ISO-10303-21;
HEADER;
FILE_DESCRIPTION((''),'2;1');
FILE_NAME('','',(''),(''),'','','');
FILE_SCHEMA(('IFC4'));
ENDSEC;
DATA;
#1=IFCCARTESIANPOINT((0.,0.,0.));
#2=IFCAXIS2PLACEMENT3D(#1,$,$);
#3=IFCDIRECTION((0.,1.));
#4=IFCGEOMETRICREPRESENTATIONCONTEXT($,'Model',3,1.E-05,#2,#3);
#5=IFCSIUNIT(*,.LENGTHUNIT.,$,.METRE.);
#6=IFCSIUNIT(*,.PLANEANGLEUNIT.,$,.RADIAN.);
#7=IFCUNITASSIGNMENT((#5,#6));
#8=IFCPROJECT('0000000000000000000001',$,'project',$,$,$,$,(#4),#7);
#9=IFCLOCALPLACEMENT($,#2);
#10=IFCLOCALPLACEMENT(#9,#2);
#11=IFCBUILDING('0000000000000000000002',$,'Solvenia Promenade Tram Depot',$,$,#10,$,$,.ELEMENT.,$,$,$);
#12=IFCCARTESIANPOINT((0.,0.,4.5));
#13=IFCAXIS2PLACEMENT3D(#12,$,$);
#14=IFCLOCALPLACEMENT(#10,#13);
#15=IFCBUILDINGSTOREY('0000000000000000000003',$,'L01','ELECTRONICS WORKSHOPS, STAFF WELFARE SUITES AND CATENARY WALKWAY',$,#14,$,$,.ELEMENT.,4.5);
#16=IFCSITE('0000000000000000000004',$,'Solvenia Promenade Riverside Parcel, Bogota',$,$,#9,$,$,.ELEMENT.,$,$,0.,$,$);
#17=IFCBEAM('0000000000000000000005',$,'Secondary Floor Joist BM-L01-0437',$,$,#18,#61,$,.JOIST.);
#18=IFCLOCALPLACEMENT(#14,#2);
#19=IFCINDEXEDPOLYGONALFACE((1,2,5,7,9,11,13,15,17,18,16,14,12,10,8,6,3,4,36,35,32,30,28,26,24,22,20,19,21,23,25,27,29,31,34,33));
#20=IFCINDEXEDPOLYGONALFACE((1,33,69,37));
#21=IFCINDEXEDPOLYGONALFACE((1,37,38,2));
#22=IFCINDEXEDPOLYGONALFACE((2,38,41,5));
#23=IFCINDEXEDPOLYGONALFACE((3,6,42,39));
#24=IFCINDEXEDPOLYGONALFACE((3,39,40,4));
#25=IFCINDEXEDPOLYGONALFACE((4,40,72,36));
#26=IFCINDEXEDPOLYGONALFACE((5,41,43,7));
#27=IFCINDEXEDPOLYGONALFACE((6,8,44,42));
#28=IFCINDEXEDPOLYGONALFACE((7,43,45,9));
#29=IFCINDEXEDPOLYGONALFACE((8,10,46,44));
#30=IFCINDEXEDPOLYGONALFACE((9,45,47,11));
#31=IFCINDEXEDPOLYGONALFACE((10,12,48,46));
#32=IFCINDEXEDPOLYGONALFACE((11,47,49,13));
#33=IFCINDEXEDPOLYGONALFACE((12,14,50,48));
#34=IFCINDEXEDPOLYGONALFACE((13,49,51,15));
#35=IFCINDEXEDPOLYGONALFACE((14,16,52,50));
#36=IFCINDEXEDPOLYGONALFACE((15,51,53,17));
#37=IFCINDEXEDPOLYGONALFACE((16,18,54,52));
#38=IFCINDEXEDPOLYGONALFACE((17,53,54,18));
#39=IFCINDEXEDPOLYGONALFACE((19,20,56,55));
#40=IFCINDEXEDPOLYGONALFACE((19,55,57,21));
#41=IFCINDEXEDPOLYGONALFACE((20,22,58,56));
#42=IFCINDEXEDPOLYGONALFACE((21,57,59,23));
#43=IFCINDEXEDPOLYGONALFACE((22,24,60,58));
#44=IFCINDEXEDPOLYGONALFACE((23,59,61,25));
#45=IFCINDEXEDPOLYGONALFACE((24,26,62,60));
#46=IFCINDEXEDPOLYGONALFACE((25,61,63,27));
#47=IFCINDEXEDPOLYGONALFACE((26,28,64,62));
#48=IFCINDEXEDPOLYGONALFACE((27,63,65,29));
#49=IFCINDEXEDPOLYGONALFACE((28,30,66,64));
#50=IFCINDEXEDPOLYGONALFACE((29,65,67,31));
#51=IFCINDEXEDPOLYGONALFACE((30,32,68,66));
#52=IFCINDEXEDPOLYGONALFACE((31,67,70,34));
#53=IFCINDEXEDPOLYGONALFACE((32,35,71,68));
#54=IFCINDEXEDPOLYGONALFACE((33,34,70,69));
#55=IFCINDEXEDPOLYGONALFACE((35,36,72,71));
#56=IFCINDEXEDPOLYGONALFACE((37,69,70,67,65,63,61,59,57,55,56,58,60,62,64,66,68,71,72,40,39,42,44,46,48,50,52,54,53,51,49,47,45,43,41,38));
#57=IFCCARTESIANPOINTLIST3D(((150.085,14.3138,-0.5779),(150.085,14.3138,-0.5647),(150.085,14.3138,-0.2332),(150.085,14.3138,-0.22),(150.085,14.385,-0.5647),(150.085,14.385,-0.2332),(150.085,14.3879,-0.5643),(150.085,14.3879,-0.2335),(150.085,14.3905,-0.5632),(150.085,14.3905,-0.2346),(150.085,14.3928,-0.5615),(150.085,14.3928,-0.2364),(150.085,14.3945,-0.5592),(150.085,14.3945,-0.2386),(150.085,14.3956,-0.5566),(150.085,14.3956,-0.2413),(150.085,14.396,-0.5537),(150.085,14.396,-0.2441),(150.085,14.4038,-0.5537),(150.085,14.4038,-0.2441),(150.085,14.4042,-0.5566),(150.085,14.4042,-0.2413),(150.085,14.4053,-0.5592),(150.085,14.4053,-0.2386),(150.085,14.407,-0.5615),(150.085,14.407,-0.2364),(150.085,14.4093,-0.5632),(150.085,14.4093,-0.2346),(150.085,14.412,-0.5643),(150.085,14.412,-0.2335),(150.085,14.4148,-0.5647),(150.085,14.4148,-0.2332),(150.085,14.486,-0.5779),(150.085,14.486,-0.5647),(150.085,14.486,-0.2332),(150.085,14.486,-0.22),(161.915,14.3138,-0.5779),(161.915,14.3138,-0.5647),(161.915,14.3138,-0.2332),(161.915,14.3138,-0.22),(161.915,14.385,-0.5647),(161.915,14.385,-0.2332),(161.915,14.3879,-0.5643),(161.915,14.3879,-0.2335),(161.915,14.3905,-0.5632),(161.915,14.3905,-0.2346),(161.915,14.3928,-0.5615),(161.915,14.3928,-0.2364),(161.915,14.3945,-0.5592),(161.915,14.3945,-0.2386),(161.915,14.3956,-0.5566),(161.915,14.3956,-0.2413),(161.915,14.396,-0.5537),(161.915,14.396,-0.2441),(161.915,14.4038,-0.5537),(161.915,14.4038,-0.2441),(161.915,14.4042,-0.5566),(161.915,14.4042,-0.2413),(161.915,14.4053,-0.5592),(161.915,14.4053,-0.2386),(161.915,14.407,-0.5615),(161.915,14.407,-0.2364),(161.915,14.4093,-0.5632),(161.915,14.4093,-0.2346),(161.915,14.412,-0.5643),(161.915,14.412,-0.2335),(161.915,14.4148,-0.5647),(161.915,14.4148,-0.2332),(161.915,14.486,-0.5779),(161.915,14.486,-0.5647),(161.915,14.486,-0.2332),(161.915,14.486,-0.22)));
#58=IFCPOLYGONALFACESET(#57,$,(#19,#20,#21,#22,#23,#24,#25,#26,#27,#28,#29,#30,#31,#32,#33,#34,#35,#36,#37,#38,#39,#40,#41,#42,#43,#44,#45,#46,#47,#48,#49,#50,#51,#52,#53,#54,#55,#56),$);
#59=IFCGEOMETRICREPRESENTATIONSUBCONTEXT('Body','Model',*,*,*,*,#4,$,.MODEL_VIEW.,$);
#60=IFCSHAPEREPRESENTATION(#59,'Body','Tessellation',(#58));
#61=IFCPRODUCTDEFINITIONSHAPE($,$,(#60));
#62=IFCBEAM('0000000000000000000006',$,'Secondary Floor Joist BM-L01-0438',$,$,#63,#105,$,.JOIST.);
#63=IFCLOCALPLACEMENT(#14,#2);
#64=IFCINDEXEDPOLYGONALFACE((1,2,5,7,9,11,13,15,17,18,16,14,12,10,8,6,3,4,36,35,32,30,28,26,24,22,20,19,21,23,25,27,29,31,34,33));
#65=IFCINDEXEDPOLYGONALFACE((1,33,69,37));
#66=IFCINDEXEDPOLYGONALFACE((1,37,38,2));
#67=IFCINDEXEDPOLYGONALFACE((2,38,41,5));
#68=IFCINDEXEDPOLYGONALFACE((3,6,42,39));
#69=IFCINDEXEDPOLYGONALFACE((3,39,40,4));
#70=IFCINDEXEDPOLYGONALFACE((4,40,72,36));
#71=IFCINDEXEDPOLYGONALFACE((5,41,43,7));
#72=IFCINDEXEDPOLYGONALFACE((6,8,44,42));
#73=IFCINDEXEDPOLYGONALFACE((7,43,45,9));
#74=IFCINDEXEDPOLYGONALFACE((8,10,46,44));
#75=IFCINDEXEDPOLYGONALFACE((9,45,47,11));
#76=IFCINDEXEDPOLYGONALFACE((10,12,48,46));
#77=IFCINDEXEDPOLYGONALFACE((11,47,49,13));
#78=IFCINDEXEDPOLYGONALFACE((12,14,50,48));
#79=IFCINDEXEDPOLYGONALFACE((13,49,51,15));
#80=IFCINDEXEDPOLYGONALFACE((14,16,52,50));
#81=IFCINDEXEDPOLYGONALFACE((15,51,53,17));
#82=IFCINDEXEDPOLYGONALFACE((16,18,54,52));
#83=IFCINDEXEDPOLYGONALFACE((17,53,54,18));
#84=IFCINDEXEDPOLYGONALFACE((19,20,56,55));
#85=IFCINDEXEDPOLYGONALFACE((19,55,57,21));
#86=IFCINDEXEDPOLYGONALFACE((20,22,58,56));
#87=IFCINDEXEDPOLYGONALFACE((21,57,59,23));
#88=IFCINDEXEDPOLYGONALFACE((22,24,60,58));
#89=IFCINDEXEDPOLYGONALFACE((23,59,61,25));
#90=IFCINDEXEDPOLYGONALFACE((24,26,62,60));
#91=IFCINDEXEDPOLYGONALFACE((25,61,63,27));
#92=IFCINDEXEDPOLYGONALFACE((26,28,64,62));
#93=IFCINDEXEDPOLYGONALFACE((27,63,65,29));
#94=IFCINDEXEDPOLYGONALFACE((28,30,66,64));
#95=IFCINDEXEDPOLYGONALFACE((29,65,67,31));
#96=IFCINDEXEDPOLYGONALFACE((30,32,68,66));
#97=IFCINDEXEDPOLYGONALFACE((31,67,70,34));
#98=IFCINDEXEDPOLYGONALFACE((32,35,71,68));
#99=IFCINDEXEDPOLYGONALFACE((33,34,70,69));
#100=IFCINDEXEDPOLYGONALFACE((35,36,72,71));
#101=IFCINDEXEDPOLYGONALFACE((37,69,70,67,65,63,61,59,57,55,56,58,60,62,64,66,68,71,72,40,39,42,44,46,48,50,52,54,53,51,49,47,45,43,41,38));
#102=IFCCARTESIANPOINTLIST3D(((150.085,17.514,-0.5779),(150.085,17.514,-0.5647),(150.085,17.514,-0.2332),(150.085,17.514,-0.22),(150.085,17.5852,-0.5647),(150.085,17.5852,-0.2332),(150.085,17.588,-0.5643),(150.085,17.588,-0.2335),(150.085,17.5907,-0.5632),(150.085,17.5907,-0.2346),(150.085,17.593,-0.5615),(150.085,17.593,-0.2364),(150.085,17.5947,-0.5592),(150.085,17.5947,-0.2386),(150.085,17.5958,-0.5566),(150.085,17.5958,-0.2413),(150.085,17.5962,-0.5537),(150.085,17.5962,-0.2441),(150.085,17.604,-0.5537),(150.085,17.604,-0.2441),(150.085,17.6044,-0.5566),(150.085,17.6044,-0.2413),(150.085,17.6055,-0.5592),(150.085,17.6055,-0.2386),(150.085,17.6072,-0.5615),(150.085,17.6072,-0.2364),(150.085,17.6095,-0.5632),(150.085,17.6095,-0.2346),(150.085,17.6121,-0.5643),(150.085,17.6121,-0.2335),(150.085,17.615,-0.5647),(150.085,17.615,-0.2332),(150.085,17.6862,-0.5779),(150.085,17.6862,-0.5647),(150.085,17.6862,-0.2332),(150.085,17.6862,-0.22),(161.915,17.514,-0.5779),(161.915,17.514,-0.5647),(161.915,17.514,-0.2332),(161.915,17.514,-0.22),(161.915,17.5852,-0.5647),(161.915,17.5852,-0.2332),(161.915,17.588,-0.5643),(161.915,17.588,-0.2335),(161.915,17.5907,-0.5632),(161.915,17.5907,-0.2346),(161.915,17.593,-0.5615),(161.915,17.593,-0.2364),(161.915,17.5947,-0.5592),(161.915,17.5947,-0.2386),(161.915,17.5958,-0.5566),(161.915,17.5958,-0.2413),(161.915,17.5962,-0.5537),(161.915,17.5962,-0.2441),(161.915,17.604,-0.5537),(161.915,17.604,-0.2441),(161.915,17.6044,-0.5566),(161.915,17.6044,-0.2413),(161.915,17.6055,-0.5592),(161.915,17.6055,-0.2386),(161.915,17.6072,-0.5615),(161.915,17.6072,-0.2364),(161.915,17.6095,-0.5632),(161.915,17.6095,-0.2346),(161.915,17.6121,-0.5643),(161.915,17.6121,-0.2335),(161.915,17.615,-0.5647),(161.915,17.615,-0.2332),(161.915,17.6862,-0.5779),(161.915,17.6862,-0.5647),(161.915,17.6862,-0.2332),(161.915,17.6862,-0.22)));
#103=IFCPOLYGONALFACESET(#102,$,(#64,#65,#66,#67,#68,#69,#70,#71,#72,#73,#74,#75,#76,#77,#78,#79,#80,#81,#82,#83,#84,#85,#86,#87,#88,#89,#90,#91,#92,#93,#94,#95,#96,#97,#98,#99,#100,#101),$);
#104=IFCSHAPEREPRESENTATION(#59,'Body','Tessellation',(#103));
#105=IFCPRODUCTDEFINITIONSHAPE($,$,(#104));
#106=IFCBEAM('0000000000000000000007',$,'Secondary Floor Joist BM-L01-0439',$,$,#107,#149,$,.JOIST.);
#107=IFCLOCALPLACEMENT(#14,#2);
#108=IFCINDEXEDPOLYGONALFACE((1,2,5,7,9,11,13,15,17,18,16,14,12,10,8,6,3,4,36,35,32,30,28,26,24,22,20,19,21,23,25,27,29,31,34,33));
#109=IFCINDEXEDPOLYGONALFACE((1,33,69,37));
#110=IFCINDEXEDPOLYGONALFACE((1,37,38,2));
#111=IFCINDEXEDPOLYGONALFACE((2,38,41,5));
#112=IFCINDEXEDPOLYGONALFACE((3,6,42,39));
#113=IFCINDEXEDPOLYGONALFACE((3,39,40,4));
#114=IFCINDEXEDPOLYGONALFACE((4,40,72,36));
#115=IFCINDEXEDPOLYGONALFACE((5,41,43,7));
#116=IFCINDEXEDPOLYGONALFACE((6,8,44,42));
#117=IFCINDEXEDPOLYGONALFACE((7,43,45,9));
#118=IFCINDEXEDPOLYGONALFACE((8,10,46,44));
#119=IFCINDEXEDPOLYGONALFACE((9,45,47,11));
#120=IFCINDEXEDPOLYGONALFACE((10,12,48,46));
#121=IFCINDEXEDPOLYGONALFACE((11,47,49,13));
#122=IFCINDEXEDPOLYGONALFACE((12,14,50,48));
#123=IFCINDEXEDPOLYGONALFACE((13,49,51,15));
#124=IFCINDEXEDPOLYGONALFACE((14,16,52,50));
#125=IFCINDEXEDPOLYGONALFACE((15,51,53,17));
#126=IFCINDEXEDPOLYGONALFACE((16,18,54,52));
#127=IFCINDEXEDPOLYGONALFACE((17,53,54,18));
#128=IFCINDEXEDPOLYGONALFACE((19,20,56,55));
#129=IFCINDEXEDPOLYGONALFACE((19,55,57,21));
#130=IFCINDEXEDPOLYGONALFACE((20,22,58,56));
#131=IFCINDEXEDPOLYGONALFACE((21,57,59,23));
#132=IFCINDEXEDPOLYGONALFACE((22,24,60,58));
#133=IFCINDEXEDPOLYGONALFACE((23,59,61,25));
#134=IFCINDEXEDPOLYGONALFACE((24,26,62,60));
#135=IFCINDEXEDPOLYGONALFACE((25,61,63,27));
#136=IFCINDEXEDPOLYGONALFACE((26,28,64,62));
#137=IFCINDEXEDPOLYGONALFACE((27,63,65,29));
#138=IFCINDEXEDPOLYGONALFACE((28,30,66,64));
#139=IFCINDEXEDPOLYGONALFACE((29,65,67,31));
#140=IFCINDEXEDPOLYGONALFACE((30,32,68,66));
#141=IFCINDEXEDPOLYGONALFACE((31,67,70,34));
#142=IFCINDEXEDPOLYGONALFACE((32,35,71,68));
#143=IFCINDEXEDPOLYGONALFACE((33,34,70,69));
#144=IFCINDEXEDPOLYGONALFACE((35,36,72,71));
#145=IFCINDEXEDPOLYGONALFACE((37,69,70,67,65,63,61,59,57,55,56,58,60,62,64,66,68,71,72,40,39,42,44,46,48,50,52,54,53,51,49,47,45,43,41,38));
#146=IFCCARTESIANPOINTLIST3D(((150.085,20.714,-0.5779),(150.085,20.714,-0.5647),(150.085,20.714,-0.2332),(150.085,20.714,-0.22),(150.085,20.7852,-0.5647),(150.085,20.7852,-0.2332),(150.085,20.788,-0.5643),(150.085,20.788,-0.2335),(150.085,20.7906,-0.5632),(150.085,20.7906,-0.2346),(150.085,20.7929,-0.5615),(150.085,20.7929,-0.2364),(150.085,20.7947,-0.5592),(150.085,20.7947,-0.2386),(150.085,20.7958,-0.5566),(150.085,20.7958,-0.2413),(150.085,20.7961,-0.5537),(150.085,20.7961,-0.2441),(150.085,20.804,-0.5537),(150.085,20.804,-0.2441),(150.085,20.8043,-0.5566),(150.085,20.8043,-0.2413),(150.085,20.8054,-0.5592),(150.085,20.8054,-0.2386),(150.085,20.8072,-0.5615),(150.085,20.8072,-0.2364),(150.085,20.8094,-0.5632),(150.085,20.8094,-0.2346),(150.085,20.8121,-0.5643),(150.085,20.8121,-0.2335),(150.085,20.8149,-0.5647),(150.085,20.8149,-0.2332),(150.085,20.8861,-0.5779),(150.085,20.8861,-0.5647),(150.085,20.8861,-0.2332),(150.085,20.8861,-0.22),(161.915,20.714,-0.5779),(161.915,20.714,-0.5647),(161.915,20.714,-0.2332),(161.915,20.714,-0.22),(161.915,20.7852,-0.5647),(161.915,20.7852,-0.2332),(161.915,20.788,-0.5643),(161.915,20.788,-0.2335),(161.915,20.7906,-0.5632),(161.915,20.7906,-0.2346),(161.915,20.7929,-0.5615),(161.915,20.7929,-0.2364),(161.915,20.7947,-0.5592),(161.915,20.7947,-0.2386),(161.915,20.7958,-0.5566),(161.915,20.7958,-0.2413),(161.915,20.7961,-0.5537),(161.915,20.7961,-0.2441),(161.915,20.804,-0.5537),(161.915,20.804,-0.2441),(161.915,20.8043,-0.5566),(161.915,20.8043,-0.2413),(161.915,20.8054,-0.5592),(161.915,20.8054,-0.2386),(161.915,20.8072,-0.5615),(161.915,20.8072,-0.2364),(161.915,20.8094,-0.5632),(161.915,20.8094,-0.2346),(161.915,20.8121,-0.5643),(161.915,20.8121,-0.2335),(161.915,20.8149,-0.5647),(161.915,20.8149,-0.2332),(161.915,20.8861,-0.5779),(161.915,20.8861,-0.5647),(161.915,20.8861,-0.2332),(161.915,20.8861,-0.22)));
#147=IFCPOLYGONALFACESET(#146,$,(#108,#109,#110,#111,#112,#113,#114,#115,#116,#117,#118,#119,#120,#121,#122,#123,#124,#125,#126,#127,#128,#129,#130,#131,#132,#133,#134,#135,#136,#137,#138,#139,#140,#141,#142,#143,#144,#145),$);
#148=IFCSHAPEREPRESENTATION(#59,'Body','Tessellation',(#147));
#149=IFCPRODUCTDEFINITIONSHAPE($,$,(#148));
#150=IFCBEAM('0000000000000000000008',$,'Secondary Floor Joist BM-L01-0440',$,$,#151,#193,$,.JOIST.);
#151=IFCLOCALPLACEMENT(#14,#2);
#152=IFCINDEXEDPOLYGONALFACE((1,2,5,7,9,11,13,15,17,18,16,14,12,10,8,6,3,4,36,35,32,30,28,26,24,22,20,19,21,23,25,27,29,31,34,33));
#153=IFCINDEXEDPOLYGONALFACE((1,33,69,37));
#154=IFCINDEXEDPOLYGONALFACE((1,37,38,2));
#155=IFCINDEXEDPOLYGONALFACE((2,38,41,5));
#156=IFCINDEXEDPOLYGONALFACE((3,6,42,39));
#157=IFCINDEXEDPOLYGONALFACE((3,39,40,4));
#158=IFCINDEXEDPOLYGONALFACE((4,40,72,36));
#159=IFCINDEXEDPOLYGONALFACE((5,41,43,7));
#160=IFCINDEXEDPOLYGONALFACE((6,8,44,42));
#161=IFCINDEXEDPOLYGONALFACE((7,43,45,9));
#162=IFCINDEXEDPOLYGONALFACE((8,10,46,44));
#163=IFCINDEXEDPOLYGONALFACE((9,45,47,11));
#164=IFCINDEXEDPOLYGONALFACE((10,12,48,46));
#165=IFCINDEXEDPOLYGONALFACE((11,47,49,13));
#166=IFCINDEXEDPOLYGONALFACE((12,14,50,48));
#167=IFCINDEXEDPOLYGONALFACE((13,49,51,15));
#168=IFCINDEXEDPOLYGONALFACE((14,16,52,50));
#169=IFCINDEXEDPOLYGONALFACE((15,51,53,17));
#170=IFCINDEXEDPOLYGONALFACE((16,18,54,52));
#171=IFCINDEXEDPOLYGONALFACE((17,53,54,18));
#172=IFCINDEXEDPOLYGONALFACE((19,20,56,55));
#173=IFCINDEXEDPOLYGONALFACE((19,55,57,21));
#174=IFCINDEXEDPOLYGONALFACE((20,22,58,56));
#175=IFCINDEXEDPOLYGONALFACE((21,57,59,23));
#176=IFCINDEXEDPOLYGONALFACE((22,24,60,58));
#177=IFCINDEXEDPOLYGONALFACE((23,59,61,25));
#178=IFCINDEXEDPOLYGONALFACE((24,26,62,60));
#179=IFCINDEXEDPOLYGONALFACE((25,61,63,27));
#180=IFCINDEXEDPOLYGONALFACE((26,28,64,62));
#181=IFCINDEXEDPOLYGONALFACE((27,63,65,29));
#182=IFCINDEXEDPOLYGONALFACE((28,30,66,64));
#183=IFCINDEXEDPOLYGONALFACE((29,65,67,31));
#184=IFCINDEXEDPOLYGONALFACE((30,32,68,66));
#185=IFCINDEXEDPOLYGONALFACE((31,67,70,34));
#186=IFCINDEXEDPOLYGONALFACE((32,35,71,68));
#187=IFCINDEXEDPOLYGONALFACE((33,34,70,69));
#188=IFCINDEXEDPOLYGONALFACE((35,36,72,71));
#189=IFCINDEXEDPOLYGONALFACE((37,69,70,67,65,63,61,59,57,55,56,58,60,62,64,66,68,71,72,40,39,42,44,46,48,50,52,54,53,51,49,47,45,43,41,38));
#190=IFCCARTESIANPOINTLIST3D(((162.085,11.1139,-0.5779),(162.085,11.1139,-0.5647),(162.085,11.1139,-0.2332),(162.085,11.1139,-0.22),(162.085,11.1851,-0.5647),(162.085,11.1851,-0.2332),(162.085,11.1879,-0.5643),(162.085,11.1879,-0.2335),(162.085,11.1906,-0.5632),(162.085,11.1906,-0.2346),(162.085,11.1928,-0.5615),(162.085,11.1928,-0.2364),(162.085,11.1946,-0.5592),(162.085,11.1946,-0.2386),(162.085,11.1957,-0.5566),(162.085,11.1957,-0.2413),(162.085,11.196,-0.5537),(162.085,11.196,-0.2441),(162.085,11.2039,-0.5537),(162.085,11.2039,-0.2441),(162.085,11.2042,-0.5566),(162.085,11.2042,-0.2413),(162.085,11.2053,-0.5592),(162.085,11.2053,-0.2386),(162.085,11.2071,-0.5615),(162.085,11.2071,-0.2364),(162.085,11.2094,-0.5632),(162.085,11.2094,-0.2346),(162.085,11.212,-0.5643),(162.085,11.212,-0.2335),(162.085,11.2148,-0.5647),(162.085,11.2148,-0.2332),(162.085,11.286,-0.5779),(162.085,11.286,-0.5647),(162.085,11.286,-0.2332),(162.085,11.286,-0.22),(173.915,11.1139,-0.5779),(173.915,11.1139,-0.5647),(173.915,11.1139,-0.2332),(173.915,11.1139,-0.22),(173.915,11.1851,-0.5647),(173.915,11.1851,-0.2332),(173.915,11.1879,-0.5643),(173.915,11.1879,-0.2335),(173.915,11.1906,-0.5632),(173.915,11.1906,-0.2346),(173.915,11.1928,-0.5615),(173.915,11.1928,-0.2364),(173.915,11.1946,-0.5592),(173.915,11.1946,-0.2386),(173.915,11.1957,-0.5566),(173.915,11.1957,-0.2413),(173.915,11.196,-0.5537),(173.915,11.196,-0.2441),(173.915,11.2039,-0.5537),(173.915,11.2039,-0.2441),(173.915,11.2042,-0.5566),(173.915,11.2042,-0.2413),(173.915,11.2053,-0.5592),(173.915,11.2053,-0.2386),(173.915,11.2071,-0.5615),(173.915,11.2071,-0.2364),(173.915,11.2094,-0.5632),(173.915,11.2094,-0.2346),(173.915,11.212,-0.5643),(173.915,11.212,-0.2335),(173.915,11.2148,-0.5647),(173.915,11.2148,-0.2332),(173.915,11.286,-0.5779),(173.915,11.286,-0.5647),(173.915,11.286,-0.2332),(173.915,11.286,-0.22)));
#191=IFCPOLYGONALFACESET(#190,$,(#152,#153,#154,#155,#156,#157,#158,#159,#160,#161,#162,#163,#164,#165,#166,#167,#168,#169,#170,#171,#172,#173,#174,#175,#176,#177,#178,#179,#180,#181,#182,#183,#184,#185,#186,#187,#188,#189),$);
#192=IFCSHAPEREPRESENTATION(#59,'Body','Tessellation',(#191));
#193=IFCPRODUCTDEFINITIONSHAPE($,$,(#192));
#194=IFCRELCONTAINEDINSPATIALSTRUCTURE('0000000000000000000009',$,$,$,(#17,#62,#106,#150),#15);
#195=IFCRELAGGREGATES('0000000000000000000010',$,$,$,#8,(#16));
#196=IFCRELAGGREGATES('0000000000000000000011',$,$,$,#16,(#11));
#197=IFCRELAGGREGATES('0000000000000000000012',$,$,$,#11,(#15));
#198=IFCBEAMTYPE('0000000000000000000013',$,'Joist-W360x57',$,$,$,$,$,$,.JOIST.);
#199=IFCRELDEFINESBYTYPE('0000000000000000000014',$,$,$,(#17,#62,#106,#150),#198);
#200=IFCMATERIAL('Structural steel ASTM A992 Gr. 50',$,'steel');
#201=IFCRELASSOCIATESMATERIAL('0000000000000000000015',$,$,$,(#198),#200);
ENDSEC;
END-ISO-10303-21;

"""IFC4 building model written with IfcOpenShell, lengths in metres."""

from ifc_helpers import new_model, si_unit, direction, frame, origin, origin_2d, place, context, subcontext, project, spatial, i_section, extrude, material, material_profile, profile_set, type_object, element, save


model = new_model("IFC4")

# Units and contexts
model_context = context("Model", 3, precision=1e-05, world=origin(), true_north=direction((0.0, 1.0)))
body_context = subcontext(model_context, "Body", "Model", "MODEL_VIEW")
ifc_project = project(units=[si_unit("LENGTHUNIT", "METRE"), si_unit("PLANEANGLEUNIT", "RADIAN")], contexts=[model_context])

# Site, building, storey
site_placement = place(None, origin())
site = spatial("IfcSite", under=ifc_project, at=site_placement, Name="Solvenia Promenade Riverside Parcel, Bogota", CompositionType="ELEMENT", RefElevation=0.0)
building_placement = place(site_placement, origin())
building = spatial("IfcBuilding", under=site, at=building_placement, Name="Solvenia Promenade Tram Depot", CompositionType="ELEMENT")
storey_placement = place(building_placement, frame((0.0, 0.0, 4.5)))
storey = spatial("IfcBuildingStorey", under=building, at=storey_placement, Name="L01", Description="ELECTRONICS WORKSHOPS, STAFF WELFARE SUITES AND CATENARY WALKWAY", CompositionType="ELEMENT", Elevation=4.5)

# Shared definitions
ifc_material_1 = material(Name="Structural steel ASTM A992 Gr. 50", Category="steel")

# Beams
ifc_material_profile_1 = material_profile(ifc_material_1, i_section(OverallWidth=0.1721, OverallDepth=0.3579, WebThickness=0.0078, FlangeThickness=0.0132, FilletRadius=0.011, at=origin_2d()), Name="W360x57", Category="steel")
ifc_profile_set_1 = profile_set([ifc_material_profile_1], Name="Structural steel ASTM A992 Gr. 50")
beam_type_1 = type_object("IfcBeamType", Name="Joist-W360x57", PredefinedType="JOIST", material=ifc_profile_set_1)
for number, where, z_axis, x_axis, name in (
    (1, (150.085, 14.3999, -0.3989), (1.0, 0.0, 0.0), (0.0, 1.0, 0.0), "Secondary Floor Joist BM-L01-0437"),
    (2, (150.085, 17.6001, -0.3989), (1.0, 0.0, 0.0), (0.0, 1.0, 0.0), "Secondary Floor Joist BM-L01-0438"),
    (3, (150.085, 20.8, -0.3989), (1.0, 0.0, 0.0), (0.0, 1.0, 0.0), "Secondary Floor Joist BM-L01-0439"),
    (4, (162.085, 11.2, -0.3989), (1.0, 0.0, 0.0), (0.0, 1.0, 0.0), "Secondary Floor Joist BM-L01-0440"),
):
    element("IfcBeam", number, at=place(storey_placement, frame(where, z_axis=z_axis, x_axis=x_axis)), inside=storey, type_object=beam_type_1, Name=name, PredefinedType="JOIST", context=body_context, shape_type="SweptSolid", body=[
        extrude(i_section(OverallWidth=0.1721, OverallDepth=0.3579, WebThickness=0.0078, FlangeThickness=0.0132, FilletRadius=0.011, at=origin_2d()), origin(), (0.0, 0.0, 1.0), 11.8301),
    ])

save(model, "model.ifc")
